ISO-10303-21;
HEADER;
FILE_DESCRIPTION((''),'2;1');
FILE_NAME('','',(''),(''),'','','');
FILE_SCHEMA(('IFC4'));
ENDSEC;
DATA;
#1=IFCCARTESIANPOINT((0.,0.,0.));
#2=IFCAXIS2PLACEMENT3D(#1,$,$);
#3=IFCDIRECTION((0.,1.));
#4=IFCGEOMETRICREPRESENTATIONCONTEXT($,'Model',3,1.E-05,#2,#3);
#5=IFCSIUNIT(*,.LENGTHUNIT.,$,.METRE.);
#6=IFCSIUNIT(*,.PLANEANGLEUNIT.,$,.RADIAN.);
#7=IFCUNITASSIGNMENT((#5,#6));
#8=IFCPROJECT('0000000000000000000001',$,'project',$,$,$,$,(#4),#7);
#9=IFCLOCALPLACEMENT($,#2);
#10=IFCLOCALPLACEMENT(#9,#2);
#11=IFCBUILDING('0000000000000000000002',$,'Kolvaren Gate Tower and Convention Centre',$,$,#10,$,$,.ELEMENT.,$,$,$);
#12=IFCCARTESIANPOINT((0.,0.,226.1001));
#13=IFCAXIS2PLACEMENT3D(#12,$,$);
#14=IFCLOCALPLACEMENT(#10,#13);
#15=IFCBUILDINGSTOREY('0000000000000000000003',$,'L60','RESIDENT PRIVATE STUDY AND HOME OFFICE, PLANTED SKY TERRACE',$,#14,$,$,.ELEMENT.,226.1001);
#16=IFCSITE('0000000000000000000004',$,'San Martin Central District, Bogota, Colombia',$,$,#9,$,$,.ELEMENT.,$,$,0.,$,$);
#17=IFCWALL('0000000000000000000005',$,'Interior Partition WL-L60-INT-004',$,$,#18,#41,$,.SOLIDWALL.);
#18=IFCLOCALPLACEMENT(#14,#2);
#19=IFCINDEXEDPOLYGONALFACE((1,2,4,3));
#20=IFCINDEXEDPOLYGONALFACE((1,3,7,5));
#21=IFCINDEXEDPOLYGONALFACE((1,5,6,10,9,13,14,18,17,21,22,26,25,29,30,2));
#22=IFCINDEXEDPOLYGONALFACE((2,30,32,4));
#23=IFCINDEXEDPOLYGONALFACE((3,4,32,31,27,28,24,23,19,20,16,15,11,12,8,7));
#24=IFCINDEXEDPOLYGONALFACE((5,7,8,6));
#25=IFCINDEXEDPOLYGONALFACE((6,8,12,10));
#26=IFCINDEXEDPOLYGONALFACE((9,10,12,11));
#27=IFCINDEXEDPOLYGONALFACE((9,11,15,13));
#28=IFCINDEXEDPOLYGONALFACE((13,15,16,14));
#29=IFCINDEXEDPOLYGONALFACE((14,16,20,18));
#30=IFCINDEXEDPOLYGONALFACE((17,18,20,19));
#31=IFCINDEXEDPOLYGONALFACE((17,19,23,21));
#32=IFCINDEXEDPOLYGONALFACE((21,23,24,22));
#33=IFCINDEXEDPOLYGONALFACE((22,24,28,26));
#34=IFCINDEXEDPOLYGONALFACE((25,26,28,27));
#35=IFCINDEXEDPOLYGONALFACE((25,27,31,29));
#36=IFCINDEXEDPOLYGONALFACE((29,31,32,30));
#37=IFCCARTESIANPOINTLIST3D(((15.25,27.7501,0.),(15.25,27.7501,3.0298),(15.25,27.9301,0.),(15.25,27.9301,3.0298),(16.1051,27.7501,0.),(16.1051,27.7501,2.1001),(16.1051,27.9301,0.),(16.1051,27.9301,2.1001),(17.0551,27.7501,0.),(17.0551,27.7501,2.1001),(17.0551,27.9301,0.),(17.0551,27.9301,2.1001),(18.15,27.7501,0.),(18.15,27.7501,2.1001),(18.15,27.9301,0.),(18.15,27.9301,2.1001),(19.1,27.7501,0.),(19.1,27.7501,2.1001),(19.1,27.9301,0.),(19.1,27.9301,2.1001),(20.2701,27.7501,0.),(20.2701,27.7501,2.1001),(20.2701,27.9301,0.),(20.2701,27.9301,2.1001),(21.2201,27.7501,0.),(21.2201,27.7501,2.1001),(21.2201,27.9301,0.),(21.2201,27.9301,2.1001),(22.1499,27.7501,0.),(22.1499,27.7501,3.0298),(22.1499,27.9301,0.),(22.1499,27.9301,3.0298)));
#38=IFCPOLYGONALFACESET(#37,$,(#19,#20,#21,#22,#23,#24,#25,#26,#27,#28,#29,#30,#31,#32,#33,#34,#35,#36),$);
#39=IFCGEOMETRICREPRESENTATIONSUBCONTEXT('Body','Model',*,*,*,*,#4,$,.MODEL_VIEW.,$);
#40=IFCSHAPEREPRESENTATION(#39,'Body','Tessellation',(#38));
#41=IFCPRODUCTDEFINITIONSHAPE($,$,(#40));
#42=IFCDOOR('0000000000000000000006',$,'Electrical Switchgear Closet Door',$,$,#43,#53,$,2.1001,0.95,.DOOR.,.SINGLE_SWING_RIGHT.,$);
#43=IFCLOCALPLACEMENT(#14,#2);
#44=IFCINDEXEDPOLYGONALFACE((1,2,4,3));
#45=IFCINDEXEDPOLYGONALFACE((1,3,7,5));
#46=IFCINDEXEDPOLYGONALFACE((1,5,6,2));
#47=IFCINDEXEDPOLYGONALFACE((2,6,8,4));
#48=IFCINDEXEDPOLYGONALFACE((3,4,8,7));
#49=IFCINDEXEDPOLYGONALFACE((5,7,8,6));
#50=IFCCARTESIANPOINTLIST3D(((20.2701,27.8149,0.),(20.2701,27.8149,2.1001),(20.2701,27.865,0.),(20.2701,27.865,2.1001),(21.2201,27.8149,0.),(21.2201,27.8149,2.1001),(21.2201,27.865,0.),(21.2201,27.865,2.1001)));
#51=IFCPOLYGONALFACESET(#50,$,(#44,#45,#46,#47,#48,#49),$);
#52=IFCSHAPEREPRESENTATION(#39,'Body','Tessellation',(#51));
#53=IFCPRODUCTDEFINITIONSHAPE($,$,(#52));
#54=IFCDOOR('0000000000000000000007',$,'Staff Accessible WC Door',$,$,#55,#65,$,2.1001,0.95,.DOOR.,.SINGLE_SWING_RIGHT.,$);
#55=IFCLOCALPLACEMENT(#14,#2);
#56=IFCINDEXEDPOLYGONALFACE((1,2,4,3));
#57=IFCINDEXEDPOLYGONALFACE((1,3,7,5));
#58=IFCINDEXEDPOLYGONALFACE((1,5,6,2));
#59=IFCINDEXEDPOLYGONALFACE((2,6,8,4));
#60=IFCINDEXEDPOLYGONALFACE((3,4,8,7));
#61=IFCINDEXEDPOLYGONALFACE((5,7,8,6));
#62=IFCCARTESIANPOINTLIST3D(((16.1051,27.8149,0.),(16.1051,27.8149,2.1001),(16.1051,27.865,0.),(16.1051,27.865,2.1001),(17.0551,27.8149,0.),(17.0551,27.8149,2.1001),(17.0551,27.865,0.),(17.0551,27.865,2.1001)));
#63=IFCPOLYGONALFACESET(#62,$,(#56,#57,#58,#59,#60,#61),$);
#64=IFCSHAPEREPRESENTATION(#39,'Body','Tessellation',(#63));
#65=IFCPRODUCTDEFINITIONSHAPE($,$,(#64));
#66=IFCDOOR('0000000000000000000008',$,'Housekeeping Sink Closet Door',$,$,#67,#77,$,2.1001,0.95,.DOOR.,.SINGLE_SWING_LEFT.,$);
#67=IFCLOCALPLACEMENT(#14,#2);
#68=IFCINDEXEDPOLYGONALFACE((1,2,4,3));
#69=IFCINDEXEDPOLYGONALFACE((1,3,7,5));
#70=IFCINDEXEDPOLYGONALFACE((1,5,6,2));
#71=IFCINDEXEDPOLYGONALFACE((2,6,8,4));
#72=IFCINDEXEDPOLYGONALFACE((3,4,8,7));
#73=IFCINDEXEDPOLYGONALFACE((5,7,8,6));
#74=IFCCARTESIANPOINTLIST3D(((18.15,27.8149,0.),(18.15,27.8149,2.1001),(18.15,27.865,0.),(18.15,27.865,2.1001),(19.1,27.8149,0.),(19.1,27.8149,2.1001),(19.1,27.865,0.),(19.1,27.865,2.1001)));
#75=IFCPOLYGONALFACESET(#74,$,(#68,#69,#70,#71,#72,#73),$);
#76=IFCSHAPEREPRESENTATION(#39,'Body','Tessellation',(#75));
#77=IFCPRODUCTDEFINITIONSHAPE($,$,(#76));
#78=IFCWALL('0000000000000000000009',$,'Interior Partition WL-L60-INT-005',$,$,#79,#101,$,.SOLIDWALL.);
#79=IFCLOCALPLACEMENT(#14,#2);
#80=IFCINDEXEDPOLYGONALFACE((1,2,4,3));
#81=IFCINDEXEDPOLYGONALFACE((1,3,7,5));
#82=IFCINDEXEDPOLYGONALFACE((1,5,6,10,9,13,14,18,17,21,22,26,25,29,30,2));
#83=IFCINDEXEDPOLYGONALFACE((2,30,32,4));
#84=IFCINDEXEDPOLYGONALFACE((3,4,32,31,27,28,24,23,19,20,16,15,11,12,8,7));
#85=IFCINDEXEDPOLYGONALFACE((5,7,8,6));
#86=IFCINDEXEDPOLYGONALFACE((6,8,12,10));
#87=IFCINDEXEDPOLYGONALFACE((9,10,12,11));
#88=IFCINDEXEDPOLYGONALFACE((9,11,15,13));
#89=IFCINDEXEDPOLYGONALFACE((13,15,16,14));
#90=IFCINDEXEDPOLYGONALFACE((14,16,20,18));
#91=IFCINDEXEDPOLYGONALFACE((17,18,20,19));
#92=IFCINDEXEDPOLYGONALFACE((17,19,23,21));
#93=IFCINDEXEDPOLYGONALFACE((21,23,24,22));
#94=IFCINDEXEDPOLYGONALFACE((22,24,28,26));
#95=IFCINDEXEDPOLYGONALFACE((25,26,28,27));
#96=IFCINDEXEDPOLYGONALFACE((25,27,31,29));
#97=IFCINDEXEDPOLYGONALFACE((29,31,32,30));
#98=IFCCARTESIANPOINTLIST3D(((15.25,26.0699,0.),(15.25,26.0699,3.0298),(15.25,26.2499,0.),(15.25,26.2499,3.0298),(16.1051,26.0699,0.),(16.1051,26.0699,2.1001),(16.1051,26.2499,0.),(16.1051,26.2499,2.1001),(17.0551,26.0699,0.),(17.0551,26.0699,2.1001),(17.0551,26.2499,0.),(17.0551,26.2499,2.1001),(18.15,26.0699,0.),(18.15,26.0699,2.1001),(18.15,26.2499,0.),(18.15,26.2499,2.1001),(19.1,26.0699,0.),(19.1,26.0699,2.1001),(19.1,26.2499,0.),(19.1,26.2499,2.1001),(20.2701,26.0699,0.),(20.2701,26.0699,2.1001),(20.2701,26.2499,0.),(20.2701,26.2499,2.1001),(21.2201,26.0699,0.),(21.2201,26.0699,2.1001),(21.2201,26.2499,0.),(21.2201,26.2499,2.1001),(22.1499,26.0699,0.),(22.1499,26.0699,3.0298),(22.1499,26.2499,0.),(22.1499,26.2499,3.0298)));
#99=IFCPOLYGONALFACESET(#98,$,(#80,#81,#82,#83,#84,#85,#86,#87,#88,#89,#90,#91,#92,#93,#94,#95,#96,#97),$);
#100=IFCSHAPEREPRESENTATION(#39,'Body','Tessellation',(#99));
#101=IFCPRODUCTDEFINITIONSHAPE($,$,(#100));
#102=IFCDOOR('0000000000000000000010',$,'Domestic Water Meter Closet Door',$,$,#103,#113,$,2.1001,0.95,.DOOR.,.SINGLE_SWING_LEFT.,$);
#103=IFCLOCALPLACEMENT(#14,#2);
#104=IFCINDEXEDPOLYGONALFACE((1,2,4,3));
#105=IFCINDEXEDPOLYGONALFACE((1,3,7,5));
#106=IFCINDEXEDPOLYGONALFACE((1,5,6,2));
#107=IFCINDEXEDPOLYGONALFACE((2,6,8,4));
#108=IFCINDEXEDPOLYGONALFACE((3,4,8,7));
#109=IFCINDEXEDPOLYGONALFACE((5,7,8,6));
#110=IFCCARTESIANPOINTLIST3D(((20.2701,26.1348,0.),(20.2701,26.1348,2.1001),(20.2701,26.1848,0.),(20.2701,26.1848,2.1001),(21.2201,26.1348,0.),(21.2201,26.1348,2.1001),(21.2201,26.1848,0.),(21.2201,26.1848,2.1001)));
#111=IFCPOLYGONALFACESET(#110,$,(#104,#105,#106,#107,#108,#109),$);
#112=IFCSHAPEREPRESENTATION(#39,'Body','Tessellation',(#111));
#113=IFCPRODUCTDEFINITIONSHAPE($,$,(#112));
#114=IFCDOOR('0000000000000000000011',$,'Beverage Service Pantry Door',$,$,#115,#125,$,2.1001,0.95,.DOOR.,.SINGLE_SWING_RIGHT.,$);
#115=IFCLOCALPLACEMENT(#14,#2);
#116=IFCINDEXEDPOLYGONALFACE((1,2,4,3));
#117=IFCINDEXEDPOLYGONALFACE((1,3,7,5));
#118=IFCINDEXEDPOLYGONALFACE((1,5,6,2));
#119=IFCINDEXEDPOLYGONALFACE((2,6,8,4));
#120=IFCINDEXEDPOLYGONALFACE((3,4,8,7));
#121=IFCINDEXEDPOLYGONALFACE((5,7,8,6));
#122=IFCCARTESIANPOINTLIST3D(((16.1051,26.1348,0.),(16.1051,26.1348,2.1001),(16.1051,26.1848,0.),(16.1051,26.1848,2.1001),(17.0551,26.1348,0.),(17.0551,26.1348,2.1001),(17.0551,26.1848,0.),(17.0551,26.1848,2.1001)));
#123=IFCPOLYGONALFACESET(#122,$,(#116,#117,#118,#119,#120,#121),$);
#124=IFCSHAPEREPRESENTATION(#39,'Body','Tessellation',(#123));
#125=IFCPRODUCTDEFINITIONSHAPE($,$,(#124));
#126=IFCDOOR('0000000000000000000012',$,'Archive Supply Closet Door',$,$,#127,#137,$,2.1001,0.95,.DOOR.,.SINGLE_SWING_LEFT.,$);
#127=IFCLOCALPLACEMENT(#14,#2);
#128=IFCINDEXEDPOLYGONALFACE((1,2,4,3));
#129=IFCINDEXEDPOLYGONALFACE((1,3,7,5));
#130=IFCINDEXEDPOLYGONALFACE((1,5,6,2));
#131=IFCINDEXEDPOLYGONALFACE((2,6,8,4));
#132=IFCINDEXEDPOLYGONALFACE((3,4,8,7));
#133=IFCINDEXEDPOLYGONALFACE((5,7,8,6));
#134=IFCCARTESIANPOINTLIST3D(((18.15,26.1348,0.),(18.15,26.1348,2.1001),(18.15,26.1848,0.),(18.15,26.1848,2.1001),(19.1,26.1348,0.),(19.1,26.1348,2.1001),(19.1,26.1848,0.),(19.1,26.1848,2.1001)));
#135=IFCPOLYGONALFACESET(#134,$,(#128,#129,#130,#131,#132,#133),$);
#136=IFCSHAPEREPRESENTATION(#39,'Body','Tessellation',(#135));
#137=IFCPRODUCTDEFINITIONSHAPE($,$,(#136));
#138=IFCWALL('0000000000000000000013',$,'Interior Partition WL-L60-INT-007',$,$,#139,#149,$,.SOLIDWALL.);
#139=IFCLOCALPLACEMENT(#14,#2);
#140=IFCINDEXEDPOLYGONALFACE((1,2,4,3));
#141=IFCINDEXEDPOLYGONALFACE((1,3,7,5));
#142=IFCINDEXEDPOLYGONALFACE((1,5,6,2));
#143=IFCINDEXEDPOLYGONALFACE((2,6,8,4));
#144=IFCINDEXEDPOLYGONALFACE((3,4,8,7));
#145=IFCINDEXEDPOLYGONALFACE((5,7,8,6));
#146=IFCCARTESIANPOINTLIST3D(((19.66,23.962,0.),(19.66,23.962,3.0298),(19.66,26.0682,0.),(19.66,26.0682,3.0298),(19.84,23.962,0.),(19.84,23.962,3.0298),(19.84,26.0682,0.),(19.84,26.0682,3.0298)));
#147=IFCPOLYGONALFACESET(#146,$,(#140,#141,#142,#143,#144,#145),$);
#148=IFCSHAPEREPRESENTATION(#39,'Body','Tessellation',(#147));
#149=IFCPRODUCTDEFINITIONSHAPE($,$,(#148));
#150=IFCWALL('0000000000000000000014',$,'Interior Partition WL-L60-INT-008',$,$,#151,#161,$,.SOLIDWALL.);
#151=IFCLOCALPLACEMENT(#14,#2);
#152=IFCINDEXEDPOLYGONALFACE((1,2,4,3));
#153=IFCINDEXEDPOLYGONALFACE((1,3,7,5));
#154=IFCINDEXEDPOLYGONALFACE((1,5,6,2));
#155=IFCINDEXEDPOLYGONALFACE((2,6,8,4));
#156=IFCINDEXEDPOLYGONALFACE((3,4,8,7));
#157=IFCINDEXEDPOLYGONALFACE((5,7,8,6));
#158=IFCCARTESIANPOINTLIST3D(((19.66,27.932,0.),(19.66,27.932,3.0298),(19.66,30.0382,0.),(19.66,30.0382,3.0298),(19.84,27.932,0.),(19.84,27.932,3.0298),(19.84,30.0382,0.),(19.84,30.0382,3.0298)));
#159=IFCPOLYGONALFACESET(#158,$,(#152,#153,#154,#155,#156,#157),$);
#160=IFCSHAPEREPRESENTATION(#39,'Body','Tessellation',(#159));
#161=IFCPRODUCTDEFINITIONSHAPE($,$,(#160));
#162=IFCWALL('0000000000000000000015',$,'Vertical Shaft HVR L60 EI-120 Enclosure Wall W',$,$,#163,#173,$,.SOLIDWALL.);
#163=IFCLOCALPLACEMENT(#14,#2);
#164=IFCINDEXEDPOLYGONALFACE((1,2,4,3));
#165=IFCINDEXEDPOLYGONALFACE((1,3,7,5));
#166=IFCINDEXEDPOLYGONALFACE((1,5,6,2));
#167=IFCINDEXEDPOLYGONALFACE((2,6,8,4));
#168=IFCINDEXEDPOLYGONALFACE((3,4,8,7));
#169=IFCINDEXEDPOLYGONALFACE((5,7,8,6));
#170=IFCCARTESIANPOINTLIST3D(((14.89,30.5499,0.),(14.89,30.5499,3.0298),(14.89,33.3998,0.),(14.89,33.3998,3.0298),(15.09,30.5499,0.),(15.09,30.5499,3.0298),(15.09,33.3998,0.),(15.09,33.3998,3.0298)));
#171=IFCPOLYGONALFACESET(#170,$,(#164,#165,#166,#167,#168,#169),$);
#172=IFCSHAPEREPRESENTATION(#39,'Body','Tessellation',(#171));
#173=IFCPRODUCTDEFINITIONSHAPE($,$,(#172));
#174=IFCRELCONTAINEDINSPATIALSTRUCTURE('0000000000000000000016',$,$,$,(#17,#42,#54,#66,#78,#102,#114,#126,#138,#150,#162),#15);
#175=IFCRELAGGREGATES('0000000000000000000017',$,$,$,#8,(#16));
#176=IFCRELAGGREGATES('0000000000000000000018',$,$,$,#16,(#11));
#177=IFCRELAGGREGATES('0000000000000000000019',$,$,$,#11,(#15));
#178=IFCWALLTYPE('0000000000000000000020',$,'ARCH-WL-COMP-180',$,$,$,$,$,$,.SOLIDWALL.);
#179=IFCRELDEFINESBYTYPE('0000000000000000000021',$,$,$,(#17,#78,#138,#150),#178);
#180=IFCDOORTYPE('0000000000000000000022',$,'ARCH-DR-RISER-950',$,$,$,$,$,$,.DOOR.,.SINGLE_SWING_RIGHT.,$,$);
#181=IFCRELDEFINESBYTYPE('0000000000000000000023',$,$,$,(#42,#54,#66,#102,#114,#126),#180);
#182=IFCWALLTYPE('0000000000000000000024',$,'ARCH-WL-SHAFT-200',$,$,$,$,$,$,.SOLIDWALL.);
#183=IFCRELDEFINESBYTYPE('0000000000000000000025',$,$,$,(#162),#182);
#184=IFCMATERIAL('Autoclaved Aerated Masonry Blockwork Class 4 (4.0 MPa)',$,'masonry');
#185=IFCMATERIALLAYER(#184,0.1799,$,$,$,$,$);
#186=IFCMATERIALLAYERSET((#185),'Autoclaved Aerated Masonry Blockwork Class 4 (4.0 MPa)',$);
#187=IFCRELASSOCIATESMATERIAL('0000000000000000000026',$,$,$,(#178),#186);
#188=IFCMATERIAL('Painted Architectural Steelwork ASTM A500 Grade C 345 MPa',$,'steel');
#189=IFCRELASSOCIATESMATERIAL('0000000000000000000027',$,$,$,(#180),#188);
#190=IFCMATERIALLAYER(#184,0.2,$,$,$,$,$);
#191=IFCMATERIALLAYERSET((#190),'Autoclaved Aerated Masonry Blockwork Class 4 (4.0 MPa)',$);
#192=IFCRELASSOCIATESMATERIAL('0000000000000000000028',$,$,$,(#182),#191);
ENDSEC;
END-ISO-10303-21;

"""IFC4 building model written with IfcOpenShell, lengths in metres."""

from ifc_helpers import new_model, si_unit, direction, frame, frame_2d, origin, place, context, subcontext, project, spatial, rectangle, extrude, material, layer, layer_set, type_object, element, fill, save


model = new_model("IFC4")

# Units and contexts
model_context = context("Model", 3, precision=1e-05, world=origin(), true_north=direction((0.0, 1.0)))
body_context = subcontext(model_context, "Body", "Model", "MODEL_VIEW")
ifc_project = project(units=[si_unit("LENGTHUNIT", "METRE"), si_unit("PLANEANGLEUNIT", "RADIAN")], contexts=[model_context])

# Site, building, storey
site_placement = place(None, origin())
site = spatial("IfcSite", under=ifc_project, at=site_placement, Name="San Martin Central District, Bogota, Colombia", CompositionType="ELEMENT", RefElevation=0.0)
building_placement = place(site_placement, origin())
building = spatial("IfcBuilding", under=site, at=building_placement, Name="Kolvaren Gate Tower and Convention Centre", CompositionType="ELEMENT")
storey_placement = place(building_placement, frame((0.0, 0.0, 226.1001)))
storey = spatial("IfcBuildingStorey", under=building, at=storey_placement, Name="L60", Description="RESIDENT PRIVATE STUDY AND HOME OFFICE, PLANTED SKY TERRACE", CompositionType="ELEMENT", Elevation=226.1001)

# Walls, openings, doors
ifc_material_1 = material(Name="Autoclaved Aerated Masonry Blockwork Class 4 (4.0 MPa)", Category="masonry")
ifc_layer_1 = layer(ifc_material_1, 0.1799)
ifc_layer_set_1 = layer_set([ifc_layer_1], Name="Autoclaved Aerated Masonry Blockwork Class 4 (4.0 MPa)")
wall_type_1 = type_object("IfcWallType", Name="ARCH-WL-COMP-180", PredefinedType="SOLIDWALL", material=ifc_layer_set_1)
wall_1_placement = place(storey_placement, frame((15.25, 27.8401, 0.0), z_axis=(0.0, 0.0, 1.0), x_axis=(1.0, 0.0, 0.0)))
wall_1 = element("IfcWall", 1, at=wall_1_placement, inside=storey, type_object=wall_type_1, Name="Interior Partition WL-L60-INT-004", PredefinedType="SOLIDWALL", context=body_context, shape_type="SweptSolid", body=[
    extrude(rectangle(XDim=6.8999, YDim=0.1799, at=frame_2d((3.45, 0.0))), origin(), (0.0, 0.0, 1.0), 3.0298),
])
opening_1_placement = place(wall_1_placement, frame((5.02, 0.0, 0.0)))
opening_1 = element("IfcOpeningElement", 2, at=opening_1_placement, cuts=wall_1, PredefinedType="OPENING", context=body_context, shape_type="SweptSolid", body=[
    extrude(rectangle(XDim=0.95, YDim=2.1001, at=frame_2d((0.4751, 1.05))), frame((0.0, 0.0999, 0.0), z_axis=(0.0, -1.0, 0.0), x_axis=(1.0, 0.0, 0.0)), (0.0, 0.0, 1.0), 0.2),
])
opening_2_placement = place(wall_1_placement, frame((0.855, 0.0, 0.0)))
opening_2 = element("IfcOpeningElement", 3, at=opening_2_placement, cuts=wall_1, PredefinedType="OPENING", context=body_context, shape_type="SweptSolid", body=[
    extrude(rectangle(XDim=0.95, YDim=2.1001, at=frame_2d((0.4751, 1.05))), frame((0.0, 0.0999, 0.0), z_axis=(0.0, -1.0, 0.0), x_axis=(1.0, 0.0, 0.0)), (0.0, 0.0, 1.0), 0.2),
])
opening_3_placement = place(wall_1_placement, frame((2.8999, 0.0, 0.0)))
opening_3 = element("IfcOpeningElement", 4, at=opening_3_placement, cuts=wall_1, PredefinedType="OPENING", context=body_context, shape_type="SweptSolid", body=[
    extrude(rectangle(XDim=0.95, YDim=2.1001, at=frame_2d((0.4751, 1.05))), frame((0.0, 0.0999, 0.0), z_axis=(0.0, -1.0, 0.0), x_axis=(1.0, 0.0, 0.0)), (0.0, 0.0, 1.0), 0.2),
])
ifc_material_2 = material(Name="Painted Architectural Steelwork ASTM A500 Grade C 345 MPa", Category="steel")
door_type = type_object("IfcDoorType", Name="ARCH-DR-RISER-950", OperationType="SINGLE_SWING_RIGHT", PredefinedType="DOOR", material=ifc_material_2)
door_1_placement = place(opening_1_placement, origin())
door_1 = element("IfcDoor", 5, at=door_1_placement, inside=storey, type_object=door_type, Name="Electrical Switchgear Closet Door", OperationType="SINGLE_SWING_RIGHT", OverallHeight=2.1001, OverallWidth=0.95, PredefinedType="DOOR", context=body_context, shape_type="SweptSolid", body=[
    extrude(rectangle(XDim=0.95, YDim=2.1001, at=frame_2d((0.4751, 1.05))), frame((0.0, 0.0249, 0.0), z_axis=(0.0, -1.0, 0.0), x_axis=(1.0, 0.0, 0.0)), (0.0, 0.0, 1.0), 0.05),
])
fill(opening_1, door_1)
door_2_placement = place(opening_2_placement, origin())
door_2 = element("IfcDoor", 6, at=door_2_placement, inside=storey, type_object=door_type, Name="Staff Accessible WC Door", OperationType="SINGLE_SWING_RIGHT", OverallHeight=2.1001, OverallWidth=0.95, PredefinedType="DOOR", context=body_context, shape_type="SweptSolid", body=[
    extrude(rectangle(XDim=0.95, YDim=2.1001, at=frame_2d((0.4751, 1.05))), frame((0.0, 0.0249, 0.0), z_axis=(0.0, -1.0, 0.0), x_axis=(1.0, 0.0, 0.0)), (0.0, 0.0, 1.0), 0.05),
])
fill(opening_2, door_2)
door_3_placement = place(opening_3_placement, origin())
door_3 = element("IfcDoor", 7, at=door_3_placement, inside=storey, type_object=door_type, Name="Housekeeping Sink Closet Door", OperationType="SINGLE_SWING_LEFT", OverallHeight=2.1001, OverallWidth=0.95, PredefinedType="DOOR", context=body_context, shape_type="SweptSolid", body=[
    extrude(rectangle(XDim=0.95, YDim=2.1001, at=frame_2d((0.4751, 1.05))), frame((0.0, 0.0249, 0.0), z_axis=(0.0, -1.0, 0.0), x_axis=(1.0, 0.0, 0.0)), (0.0, 0.0, 1.0), 0.05),
])
fill(opening_3, door_3)
wall_2_placement = place(storey_placement, frame((15.25, 26.1599, 0.0), z_axis=(0.0, 0.0, 1.0), x_axis=(1.0, 0.0, 0.0)))
wall_2 = element("IfcWall", 8, at=wall_2_placement, inside=storey, type_object=wall_type_1, Name="Interior Partition WL-L60-INT-005", PredefinedType="SOLIDWALL", context=body_context, shape_type="SweptSolid", body=[
    extrude(rectangle(XDim=6.8999, YDim=0.1799, at=frame_2d((3.45, 0.0))), origin(), (0.0, 0.0, 1.0), 3.0298),
])
opening_4_placement = place(wall_2_placement, frame((5.02, 0.0, 0.0)))
opening_4 = element("IfcOpeningElement", 9, at=opening_4_placement, cuts=wall_2, PredefinedType="OPENING", context=body_context, shape_type="SweptSolid", body=[
    extrude(rectangle(XDim=0.95, YDim=2.1001, at=frame_2d((0.4751, 1.05))), frame((0.0, 0.0999, 0.0), z_axis=(0.0, -1.0, 0.0), x_axis=(1.0, 0.0, 0.0)), (0.0, 0.0, 1.0), 0.2),
])
opening_5_placement = place(wall_2_placement, frame((0.855, 0.0, 0.0)))
opening_5 = element("IfcOpeningElement", 10, at=opening_5_placement, cuts=wall_2, PredefinedType="OPENING", context=body_context, shape_type="SweptSolid", body=[
    extrude(rectangle(XDim=0.95, YDim=2.1001, at=frame_2d((0.4751, 1.05))), frame((0.0, 0.0999, 0.0), z_axis=(0.0, -1.0, 0.0), x_axis=(1.0, 0.0, 0.0)), (0.0, 0.0, 1.0), 0.2),
])
opening_6_placement = place(wall_2_placement, frame((2.8999, 0.0, 0.0)))
opening_6 = element("IfcOpeningElement", 11, at=opening_6_placement, cuts=wall_2, PredefinedType="OPENING", context=body_context, shape_type="SweptSolid", body=[
    extrude(rectangle(XDim=0.95, YDim=2.1001, at=frame_2d((0.4751, 1.05))), frame((0.0, 0.0999, 0.0), z_axis=(0.0, -1.0, 0.0), x_axis=(1.0, 0.0, 0.0)), (0.0, 0.0, 1.0), 0.2),
])
door_4_placement = place(opening_4_placement, origin())
door_4 = element("IfcDoor", 12, at=door_4_placement, inside=storey, type_object=door_type, Name="Domestic Water Meter Closet Door", OperationType="SINGLE_SWING_LEFT", OverallHeight=2.1001, OverallWidth=0.95, PredefinedType="DOOR", context=body_context, shape_type="SweptSolid", body=[
    extrude(rectangle(XDim=0.95, YDim=2.1001, at=frame_2d((0.4751, 1.05))), frame((0.0, 0.0249, 0.0), z_axis=(0.0, -1.0, 0.0), x_axis=(1.0, 0.0, 0.0)), (0.0, 0.0, 1.0), 0.05),
])
fill(opening_4, door_4)
door_5_placement = place(opening_5_placement, origin())
door_5 = element("IfcDoor", 13, at=door_5_placement, inside=storey, type_object=door_type, Name="Beverage Service Pantry Door", OperationType="SINGLE_SWING_RIGHT", OverallHeight=2.1001, OverallWidth=0.95, PredefinedType="DOOR", context=body_context, shape_type="SweptSolid", body=[
    extrude(rectangle(XDim=0.95, YDim=2.1001, at=frame_2d((0.4751, 1.05))), frame((0.0, 0.0249, 0.0), z_axis=(0.0, -1.0, 0.0), x_axis=(1.0, 0.0, 0.0)), (0.0, 0.0, 1.0), 0.05),
])
fill(opening_5, door_5)
door_6_placement = place(opening_6_placement, origin())
door_6 = element("IfcDoor", 14, at=door_6_placement, inside=storey, type_object=door_type, Name="Archive Supply Closet Door", OperationType="SINGLE_SWING_LEFT", OverallHeight=2.1001, OverallWidth=0.95, PredefinedType="DOOR", context=body_context, shape_type="SweptSolid", body=[
    extrude(rectangle(XDim=0.95, YDim=2.1001, at=frame_2d((0.4751, 1.05))), frame((0.0, 0.0249, 0.0), z_axis=(0.0, -1.0, 0.0), x_axis=(1.0, 0.0, 0.0)), (0.0, 0.0, 1.0), 0.05),
])
fill(opening_6, door_6)

# Walls
for number, where, z_axis, x_axis, name in (
    (15, (19.75, 23.9619, 0.0), (0.0, 0.0, 1.0), (0.0, 1.0, 0.0), "Interior Partition WL-L60-INT-007"),
    (16, (19.75, 27.9319, 0.0), (0.0, 0.0, 1.0), (0.0, 1.0, 0.0), "Interior Partition WL-L60-INT-008"),
):
    element("IfcWall", number, at=place(storey_placement, frame(where, z_axis=z_axis, x_axis=x_axis)), inside=storey, type_object=wall_type_1, Name=name, PredefinedType="SOLIDWALL", context=body_context, shape_type="SweptSolid", body=[
        extrude(rectangle(XDim=2.1062, YDim=0.1799, at=frame_2d((1.0532, 0.0))), origin(), (0.0, 0.0, 1.0), 3.0298),
    ])
ifc_layer_2 = layer(ifc_material_1, 0.2)
ifc_layer_set_2 = layer_set([ifc_layer_2], Name="Autoclaved Aerated Masonry Blockwork Class 4 (4.0 MPa)")
wall_type_2 = type_object("IfcWallType", Name="ARCH-WL-SHAFT-200", PredefinedType="SOLIDWALL", material=ifc_layer_set_2)
wall_3_placement = place(storey_placement, frame((14.99, 30.55, 0.0), z_axis=(0.0, 0.0, 1.0), x_axis=(0.0, 1.0, 0.0)))
element("IfcWall", 17, at=wall_3_placement, inside=storey, type_object=wall_type_2, Name="Vertical Shaft HVR L60 EI-120 Enclosure Wall W", PredefinedType="SOLIDWALL", context=body_context, shape_type="SweptSolid", body=[
    extrude(rectangle(XDim=2.8499, YDim=0.2, at=frame_2d((1.4248, 0.0))), origin(), (0.0, 0.0, 1.0), 3.0298),
])

save(model, "model.ifc")
